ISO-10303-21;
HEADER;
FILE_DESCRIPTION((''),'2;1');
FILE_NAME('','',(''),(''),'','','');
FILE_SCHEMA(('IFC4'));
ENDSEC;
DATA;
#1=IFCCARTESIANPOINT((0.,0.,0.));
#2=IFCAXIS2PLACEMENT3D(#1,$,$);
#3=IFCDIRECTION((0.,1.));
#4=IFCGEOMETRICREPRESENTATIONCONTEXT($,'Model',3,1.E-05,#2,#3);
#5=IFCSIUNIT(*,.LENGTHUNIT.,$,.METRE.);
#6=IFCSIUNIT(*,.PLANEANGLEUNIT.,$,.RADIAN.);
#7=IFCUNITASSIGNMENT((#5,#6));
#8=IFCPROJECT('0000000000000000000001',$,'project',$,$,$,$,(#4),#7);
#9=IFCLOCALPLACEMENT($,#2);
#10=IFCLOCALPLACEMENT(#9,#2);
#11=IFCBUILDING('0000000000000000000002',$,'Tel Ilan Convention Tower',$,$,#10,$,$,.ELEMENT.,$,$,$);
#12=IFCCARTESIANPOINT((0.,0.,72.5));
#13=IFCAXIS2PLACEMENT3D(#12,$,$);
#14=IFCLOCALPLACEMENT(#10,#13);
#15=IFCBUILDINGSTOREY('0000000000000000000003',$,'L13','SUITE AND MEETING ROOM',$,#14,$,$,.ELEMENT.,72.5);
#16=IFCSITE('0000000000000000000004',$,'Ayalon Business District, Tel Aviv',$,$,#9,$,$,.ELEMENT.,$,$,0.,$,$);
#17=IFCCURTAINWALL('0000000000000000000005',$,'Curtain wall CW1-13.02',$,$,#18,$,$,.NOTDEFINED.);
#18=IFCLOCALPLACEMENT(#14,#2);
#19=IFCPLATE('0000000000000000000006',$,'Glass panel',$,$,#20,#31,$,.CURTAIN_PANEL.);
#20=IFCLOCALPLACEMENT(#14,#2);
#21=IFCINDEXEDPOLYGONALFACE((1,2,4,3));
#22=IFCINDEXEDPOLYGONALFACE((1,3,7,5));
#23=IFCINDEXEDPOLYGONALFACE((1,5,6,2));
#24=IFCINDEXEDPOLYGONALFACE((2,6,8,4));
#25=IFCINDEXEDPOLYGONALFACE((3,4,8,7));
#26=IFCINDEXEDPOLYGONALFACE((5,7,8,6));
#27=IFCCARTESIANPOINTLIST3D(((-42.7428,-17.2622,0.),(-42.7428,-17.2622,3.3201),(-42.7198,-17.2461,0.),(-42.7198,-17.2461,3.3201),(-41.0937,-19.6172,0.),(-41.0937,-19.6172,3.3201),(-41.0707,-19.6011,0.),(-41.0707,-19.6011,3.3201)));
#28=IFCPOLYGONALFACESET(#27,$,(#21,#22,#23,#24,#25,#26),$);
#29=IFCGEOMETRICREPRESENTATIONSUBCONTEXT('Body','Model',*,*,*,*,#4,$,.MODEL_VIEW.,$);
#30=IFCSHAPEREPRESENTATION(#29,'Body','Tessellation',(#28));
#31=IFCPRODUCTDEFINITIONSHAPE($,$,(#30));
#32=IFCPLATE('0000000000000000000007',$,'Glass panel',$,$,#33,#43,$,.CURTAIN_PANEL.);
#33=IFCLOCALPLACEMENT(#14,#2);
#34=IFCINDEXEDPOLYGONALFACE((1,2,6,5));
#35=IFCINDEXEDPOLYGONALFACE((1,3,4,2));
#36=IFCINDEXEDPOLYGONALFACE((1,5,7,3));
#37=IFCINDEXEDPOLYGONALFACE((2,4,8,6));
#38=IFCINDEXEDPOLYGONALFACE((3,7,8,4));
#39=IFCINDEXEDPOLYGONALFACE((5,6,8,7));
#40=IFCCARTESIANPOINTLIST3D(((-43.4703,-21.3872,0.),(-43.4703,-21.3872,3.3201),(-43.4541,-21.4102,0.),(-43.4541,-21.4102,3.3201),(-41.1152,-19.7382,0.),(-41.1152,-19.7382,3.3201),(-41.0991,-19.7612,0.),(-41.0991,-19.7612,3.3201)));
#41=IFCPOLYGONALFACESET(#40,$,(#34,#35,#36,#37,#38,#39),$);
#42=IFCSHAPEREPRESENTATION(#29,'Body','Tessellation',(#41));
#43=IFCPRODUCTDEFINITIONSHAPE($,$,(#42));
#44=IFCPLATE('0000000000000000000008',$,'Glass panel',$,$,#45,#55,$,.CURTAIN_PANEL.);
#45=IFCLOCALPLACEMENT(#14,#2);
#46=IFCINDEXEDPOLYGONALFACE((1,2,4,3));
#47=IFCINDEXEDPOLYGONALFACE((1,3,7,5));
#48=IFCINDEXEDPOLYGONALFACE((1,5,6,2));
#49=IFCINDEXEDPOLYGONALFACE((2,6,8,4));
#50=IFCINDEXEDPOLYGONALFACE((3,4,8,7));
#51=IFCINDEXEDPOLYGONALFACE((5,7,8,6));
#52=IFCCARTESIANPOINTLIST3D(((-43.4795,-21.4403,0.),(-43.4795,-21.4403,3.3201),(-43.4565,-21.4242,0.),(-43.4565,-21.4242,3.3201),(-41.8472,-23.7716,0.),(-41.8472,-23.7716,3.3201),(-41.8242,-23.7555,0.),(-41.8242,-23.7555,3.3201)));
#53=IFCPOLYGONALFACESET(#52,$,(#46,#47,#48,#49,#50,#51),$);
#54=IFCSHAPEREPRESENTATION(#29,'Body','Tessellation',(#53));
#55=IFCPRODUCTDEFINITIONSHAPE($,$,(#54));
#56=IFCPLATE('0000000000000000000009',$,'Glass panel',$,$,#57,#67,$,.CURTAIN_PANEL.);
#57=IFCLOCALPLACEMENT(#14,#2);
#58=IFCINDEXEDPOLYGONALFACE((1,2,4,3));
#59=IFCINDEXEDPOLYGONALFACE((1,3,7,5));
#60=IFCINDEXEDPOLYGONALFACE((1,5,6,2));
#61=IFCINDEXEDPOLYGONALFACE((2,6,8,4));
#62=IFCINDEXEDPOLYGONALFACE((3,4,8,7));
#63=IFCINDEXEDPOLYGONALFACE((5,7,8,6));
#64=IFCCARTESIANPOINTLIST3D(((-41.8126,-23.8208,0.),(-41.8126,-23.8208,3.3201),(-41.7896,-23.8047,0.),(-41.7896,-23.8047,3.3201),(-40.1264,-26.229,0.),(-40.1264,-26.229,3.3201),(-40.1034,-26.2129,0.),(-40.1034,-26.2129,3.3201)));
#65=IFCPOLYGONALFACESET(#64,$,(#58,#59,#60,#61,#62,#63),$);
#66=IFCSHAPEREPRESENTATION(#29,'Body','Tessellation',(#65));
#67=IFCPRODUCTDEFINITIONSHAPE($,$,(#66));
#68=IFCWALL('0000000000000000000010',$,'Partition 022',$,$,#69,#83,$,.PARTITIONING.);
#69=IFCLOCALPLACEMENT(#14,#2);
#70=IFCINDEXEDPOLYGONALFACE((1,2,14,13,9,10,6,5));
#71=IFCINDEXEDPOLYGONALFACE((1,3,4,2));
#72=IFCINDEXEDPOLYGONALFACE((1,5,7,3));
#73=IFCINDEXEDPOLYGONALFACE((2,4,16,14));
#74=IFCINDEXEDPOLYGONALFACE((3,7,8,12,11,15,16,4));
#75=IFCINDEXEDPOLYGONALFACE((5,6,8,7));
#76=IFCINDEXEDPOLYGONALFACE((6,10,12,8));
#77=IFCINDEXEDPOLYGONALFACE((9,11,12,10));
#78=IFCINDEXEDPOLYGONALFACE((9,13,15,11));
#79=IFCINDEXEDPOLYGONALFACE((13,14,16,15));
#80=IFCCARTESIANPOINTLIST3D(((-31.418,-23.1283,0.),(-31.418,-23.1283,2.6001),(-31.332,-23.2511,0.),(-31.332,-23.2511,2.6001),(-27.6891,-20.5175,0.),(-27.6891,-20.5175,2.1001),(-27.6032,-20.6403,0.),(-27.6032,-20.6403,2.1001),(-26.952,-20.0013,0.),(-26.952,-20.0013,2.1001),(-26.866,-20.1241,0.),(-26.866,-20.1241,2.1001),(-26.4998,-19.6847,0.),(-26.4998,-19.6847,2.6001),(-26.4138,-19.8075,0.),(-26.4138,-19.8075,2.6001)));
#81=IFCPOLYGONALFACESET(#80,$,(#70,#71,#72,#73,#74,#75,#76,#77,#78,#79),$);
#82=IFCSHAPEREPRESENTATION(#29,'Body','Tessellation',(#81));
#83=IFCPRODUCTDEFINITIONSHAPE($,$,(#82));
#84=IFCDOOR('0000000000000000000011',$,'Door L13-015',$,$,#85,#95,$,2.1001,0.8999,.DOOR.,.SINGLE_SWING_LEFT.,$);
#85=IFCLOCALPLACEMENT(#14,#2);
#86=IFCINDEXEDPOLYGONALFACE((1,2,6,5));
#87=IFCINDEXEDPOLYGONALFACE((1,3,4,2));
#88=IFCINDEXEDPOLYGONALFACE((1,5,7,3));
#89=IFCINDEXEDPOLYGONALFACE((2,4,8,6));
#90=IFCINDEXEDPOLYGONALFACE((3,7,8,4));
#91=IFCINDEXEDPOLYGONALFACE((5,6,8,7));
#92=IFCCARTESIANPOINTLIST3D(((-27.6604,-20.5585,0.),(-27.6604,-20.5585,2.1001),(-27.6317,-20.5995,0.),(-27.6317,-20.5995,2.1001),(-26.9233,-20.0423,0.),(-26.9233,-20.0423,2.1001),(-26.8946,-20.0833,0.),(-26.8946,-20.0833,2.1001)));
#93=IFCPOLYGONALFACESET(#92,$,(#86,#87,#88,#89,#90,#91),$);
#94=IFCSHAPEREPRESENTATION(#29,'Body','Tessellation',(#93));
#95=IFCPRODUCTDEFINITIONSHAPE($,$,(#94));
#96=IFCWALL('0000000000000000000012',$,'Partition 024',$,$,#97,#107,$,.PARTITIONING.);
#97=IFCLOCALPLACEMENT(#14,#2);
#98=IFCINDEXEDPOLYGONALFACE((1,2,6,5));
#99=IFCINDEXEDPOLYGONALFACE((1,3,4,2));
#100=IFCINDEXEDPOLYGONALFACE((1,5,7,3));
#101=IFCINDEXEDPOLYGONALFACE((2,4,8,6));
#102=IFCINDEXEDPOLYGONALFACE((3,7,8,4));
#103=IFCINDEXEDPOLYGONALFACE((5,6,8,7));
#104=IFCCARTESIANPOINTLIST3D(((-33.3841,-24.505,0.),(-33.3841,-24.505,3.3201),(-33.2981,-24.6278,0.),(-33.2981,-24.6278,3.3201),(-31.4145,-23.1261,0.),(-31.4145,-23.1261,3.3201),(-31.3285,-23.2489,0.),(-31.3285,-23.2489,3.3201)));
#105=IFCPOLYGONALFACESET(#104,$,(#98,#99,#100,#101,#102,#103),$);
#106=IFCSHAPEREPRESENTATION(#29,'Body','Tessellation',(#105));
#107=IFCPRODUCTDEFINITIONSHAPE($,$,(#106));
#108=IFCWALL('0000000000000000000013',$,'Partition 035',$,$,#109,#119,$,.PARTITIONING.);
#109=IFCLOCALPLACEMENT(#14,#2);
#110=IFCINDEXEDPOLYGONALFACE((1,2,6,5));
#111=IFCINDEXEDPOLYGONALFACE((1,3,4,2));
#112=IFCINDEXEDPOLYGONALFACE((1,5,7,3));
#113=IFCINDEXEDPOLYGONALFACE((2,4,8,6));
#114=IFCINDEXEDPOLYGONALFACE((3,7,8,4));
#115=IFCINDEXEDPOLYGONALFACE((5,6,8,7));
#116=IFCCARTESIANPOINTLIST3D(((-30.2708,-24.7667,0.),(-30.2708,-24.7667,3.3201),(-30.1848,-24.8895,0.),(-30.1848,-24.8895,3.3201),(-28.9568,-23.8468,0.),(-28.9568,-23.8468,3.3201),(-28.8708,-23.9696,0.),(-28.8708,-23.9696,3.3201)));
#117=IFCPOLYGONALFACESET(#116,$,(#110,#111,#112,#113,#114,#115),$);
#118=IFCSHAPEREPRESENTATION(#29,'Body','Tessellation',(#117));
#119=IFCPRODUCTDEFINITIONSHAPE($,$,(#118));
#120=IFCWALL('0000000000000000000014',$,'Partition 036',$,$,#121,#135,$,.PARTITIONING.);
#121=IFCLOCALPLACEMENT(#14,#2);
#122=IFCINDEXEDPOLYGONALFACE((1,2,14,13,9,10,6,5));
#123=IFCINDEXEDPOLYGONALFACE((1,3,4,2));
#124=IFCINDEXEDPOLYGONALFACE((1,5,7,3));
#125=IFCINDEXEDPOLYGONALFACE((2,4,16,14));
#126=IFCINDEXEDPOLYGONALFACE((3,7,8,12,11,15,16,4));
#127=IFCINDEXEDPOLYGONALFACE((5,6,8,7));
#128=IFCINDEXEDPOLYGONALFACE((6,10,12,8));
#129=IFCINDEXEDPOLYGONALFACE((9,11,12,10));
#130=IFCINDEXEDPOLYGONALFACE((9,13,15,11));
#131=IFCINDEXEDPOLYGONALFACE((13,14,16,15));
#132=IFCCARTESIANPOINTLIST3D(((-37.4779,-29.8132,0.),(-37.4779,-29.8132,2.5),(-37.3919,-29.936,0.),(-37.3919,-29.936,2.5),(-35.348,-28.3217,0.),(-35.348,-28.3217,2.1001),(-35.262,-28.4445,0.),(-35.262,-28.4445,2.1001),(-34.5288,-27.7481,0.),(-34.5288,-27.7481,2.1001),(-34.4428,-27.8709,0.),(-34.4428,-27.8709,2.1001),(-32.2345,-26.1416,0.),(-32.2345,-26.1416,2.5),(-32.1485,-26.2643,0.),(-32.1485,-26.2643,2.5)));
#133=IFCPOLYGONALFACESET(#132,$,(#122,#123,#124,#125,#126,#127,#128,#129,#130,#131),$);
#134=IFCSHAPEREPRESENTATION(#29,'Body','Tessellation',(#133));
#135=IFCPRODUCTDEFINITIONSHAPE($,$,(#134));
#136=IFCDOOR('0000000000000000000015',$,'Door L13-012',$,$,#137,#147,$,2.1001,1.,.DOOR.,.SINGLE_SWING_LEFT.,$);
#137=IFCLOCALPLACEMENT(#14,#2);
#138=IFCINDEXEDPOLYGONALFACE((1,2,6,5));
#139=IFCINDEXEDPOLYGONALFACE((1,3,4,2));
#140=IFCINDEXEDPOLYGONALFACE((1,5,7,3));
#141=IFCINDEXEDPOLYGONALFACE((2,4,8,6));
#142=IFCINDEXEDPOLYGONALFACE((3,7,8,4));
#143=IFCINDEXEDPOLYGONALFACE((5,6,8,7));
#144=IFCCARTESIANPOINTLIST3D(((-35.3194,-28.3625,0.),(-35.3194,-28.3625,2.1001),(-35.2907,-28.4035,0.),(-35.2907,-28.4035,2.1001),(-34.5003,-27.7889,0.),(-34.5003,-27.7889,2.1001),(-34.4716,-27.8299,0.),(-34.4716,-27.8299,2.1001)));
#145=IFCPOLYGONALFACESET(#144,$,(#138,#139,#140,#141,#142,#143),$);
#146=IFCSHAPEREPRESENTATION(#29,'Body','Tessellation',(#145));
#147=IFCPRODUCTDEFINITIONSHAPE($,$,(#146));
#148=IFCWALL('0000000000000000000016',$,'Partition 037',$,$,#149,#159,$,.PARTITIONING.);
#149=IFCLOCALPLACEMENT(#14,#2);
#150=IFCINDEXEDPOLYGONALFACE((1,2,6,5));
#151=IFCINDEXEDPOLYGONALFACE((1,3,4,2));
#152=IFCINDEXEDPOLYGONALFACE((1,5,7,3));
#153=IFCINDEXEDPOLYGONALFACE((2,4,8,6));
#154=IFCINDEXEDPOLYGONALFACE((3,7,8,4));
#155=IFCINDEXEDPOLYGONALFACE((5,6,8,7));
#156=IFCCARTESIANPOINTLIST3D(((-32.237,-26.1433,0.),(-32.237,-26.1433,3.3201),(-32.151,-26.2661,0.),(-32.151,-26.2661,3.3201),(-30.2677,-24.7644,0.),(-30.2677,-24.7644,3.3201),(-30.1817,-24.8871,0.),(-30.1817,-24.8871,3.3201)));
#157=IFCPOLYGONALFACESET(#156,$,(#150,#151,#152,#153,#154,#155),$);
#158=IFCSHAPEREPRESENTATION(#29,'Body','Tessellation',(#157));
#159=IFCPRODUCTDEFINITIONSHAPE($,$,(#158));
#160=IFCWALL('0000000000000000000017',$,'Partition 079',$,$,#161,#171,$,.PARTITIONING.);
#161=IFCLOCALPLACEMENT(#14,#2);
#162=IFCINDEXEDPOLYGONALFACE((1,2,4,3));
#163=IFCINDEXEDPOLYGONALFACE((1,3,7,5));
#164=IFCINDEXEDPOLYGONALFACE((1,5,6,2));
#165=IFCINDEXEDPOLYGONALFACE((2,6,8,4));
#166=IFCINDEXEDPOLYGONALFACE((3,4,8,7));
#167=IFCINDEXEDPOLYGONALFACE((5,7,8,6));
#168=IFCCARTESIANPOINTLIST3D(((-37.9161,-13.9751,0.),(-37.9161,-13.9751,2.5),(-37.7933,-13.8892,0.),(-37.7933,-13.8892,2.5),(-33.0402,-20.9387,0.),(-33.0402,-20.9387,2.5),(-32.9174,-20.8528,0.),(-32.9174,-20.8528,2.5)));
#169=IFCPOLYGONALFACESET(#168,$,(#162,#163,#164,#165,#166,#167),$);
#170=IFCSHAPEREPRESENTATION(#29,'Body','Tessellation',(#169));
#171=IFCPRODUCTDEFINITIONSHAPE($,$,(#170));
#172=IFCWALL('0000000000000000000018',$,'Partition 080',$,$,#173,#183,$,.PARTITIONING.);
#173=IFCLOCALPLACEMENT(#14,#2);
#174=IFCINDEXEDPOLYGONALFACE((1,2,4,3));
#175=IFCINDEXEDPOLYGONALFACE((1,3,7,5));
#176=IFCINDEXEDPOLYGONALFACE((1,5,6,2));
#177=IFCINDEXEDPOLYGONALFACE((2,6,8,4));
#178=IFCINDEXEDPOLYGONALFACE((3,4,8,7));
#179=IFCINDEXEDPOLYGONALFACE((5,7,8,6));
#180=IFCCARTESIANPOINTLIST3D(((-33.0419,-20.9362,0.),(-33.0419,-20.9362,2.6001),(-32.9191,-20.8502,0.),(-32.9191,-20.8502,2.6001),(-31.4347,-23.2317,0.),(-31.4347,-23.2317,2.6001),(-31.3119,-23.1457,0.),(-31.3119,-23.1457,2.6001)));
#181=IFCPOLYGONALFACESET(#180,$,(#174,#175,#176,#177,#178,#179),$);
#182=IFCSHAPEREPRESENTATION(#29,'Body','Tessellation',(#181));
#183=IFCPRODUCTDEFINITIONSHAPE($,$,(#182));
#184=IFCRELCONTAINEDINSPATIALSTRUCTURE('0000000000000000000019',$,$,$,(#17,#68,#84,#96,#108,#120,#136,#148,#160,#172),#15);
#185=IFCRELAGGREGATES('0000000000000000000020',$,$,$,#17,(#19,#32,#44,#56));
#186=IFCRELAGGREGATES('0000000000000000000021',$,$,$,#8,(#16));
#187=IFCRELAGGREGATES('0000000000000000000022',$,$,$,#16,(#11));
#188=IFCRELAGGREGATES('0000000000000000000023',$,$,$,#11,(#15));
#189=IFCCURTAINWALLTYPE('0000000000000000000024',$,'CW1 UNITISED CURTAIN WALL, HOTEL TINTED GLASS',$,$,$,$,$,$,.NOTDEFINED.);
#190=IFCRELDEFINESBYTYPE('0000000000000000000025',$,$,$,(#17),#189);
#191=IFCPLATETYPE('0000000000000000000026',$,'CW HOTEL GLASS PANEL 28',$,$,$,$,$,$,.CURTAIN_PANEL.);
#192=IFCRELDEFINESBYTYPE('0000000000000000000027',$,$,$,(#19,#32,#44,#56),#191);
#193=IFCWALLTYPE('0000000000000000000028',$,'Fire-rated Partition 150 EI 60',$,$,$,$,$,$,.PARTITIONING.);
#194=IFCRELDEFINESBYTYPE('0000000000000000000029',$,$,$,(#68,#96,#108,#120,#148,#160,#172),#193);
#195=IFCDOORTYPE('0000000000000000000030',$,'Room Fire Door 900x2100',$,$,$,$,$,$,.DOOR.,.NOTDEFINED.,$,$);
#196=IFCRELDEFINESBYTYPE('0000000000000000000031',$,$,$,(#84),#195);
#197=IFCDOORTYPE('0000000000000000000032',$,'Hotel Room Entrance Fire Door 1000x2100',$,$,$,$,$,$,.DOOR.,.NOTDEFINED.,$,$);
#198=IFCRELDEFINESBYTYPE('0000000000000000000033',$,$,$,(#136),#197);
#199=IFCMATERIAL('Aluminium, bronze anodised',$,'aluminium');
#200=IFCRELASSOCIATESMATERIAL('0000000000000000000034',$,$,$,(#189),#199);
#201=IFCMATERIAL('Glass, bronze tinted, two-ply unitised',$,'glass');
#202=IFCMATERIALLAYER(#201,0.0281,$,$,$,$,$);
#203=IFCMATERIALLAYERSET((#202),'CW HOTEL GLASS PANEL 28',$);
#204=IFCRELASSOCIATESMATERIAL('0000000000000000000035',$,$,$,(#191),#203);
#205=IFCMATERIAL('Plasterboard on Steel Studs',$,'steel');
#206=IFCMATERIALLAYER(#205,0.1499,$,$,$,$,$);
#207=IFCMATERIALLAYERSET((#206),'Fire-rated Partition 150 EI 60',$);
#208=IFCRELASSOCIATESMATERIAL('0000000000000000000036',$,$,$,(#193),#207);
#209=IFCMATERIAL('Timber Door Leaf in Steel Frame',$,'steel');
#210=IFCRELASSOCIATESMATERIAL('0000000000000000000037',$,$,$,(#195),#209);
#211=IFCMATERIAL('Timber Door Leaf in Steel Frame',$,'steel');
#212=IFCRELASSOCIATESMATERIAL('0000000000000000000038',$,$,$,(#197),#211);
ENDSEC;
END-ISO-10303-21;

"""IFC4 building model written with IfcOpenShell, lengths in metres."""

from ifc_helpers import new_model, si_unit, direction, frame, frame_2d, origin, origin_2d, place, context, subcontext, project, spatial, rectangle, extrude, material, layer, layer_set, type_object, element, fill, aggregate, save


model = new_model("IFC4")

# Units and contexts
model_context = context("Model", 3, precision=1e-05, world=origin(), true_north=direction((0.0, 1.0)))
body_context = subcontext(model_context, "Body", "Model", "MODEL_VIEW")
ifc_project = project(units=[si_unit("LENGTHUNIT", "METRE"), si_unit("PLANEANGLEUNIT", "RADIAN")], contexts=[model_context])

# Site, building, storey
site_placement = place(None, origin())
site = spatial("IfcSite", under=ifc_project, at=site_placement, Name="Ayalon Business District, Tel Aviv", CompositionType="ELEMENT", RefElevation=0.0)
building_placement = place(site_placement, origin())
building = spatial("IfcBuilding", under=site, at=building_placement, Name="Tel Ilan Convention Tower", CompositionType="ELEMENT")
storey_placement = place(building_placement, frame((0.0, 0.0, 72.5)))
storey = spatial("IfcBuildingStorey", under=building, at=storey_placement, Name="L13", Description="SUITE AND MEETING ROOM", CompositionType="ELEMENT", Elevation=72.5)

# Curtain wall, plates
ifc_material_1 = material(Name="Aluminium, bronze anodised", Category="aluminium")
curtain_wall_type = type_object("IfcCurtainWallType", Name="CW1 UNITISED CURTAIN WALL, HOTEL TINTED GLASS", PredefinedType="NOTDEFINED", material=ifc_material_1)
curtain_wall_placement = place(storey_placement, origin())
curtain_wall = element("IfcCurtainWall", 1, at=curtain_wall_placement, inside=storey, type_object=curtain_wall_type, Name="Curtain wall CW1-13.02", PredefinedType="NOTDEFINED")
ifc_material_2 = material(Name="Glass, bronze tinted, two-ply unitised", Category="glass")
ifc_layer_1 = layer(ifc_material_2, 0.0281)
ifc_layer_set_1 = layer_set([ifc_layer_1], Name="CW HOTEL GLASS PANEL 28")
plate_type = type_object("IfcPlateType", Name="CW HOTEL GLASS PANEL 28", PredefinedType="CURTAIN_PANEL", material=ifc_layer_set_1)
plate_1_placement = place(storey_placement, frame((-41.9067, -18.4316, 0.0), z_axis=(0.0, 0.0, 1.0), x_axis=(0.573576, -0.819152, 0.0)))
plate_1 = element("IfcPlate", 2, at=plate_1_placement, type_object=plate_type, Name="Glass panel", PredefinedType="CURTAIN_PANEL", context=body_context, shape_type="SweptSolid", body=[
    extrude(rectangle(XDim=2.875, YDim=0.0281, at=origin_2d()), origin(), (0.0, 0.0, 1.0), 3.3201),
])
plate_2_placement = place(storey_placement, frame((-42.2847, -20.5742, 0.0), z_axis=(0.0, 0.0, 1.0), x_axis=(-0.819152, -0.573576, 0.0)))
plate_2 = element("IfcPlate", 3, at=plate_2_placement, type_object=plate_type, Name="Glass panel", PredefinedType="CURTAIN_PANEL", context=body_context, shape_type="SweptSolid", body=[
    extrude(rectangle(XDim=2.875, YDim=0.0281, at=origin_2d()), origin(), (0.0, 0.0, 1.0), 3.3201),
])
plate_3_placement = place(storey_placement, frame((-42.6519, -22.5979, 0.0), z_axis=(0.0, 0.0, 1.0), x_axis=(0.573576, -0.819152, 0.0)))
plate_3 = element("IfcPlate", 4, at=plate_3_placement, type_object=plate_type, Name="Glass panel", PredefinedType="CURTAIN_PANEL", context=body_context, shape_type="SweptSolid", body=[
    extrude(rectangle(XDim=2.8459, YDim=0.0281, at=origin_2d()), origin(), (0.0, 0.0, 1.0), 3.3201),
])
plate_4_placement = place(storey_placement, frame((-40.958, -25.0168, 0.0), z_axis=(0.0, 0.0, 1.0), x_axis=(0.573576, -0.819152, 0.0)))
plate_4 = element("IfcPlate", 5, at=plate_4_placement, type_object=plate_type, Name="Glass panel", PredefinedType="CURTAIN_PANEL", context=body_context, shape_type="SweptSolid", body=[
    extrude(rectangle(XDim=2.9399, YDim=0.0281, at=origin_2d()), origin(), (0.0, 0.0, 1.0), 3.3201),
])
aggregate(curtain_wall, [plate_1, plate_2, plate_3, plate_4])

# Wall, opening, door
ifc_material_3 = material(Name="Plasterboard on Steel Studs", Category="steel")
ifc_layer_2 = layer(ifc_material_3, 0.1499)
ifc_layer_set_2 = layer_set([ifc_layer_2], Name="Fire-rated Partition 150 EI 60")
wall_type_1 = type_object("IfcWallType", Name="Fire-rated Partition 150 EI 60", PredefinedType="PARTITIONING", material=ifc_layer_set_2)
wall_1_placement = place(storey_placement, frame((-31.375, -23.1897, 0.0), z_axis=(0.0, 0.0, 1.0), x_axis=(0.819165, 0.573558, 0.0)))
wall_1 = element("IfcWall", 6, at=wall_1_placement, inside=storey, type_object=wall_type_1, Name="Partition 022", PredefinedType="PARTITIONING", context=body_context, shape_type="SweptSolid", body=[
    extrude(rectangle(XDim=6.0039, YDim=0.1499, at=frame_2d((3.002, 0.0))), origin(), (0.0, 0.0, 1.0), 2.6001),
])
opening_1_placement = place(wall_1_placement, frame((4.552, 0.0, 0.0)))
opening_1 = element("IfcOpeningElement", 7, at=opening_1_placement, cuts=wall_1, PredefinedType="OPENING", context=body_context, shape_type="SweptSolid", body=[
    extrude(rectangle(XDim=0.8999, YDim=2.1001, at=frame_2d((0.45, 1.05))), frame((0.0, 0.085, 0.0), z_axis=(0.0, -1.0, 0.0), x_axis=(1.0, 0.0, 0.0)), (0.0, 0.0, 1.0), 0.1699),
])
ifc_material_4 = material(Name="Timber Door Leaf in Steel Frame", Category="steel")
door_type_1 = type_object("IfcDoorType", Name="Room Fire Door 900x2100", OperationType="NOTDEFINED", PredefinedType="DOOR", material=ifc_material_4)
door_1_placement = place(opening_1_placement, origin())
door_1 = element("IfcDoor", 8, at=door_1_placement, inside=storey, type_object=door_type_1, Name="Door L13-015", OperationType="SINGLE_SWING_LEFT", OverallHeight=2.1001, OverallWidth=0.8999, PredefinedType="DOOR", context=body_context, shape_type="SweptSolid", body=[
    extrude(rectangle(XDim=0.8999, YDim=2.1001, at=frame_2d((0.45, 1.05))), frame((0.0, 0.0249, 0.0), z_axis=(0.0, -1.0, 0.0), x_axis=(1.0, 0.0, 0.0)), (0.0, 0.0, 1.0), 0.05),
])
fill(opening_1, door_1)

# Walls
wall_2_placement = place(storey_placement, frame((-33.3411, -24.5664, 0.0), z_axis=(0.0, 0.0, 1.0), x_axis=(0.819179, 0.573537, 0.0)))
element("IfcWall", 9, at=wall_2_placement, inside=storey, type_object=wall_type_1, Name="Partition 024", PredefinedType="PARTITIONING", context=body_context, shape_type="SweptSolid", body=[
    extrude(rectangle(XDim=2.4043, YDim=0.1499, at=frame_2d((1.2021, 0.0))), origin(), (0.0, 0.0, 1.0), 3.3201),
])
wall_3_placement = place(storey_placement, frame((-28.9138, -23.9082, 0.0), z_axis=(0.0, 0.0, 1.0), x_axis=(-0.819189, -0.573524, 0.0)))
element("IfcWall", 10, at=wall_3_placement, inside=storey, type_object=wall_type_1, Name="Partition 035", PredefinedType="PARTITIONING", context=body_context, shape_type="SweptSolid", body=[
    extrude(rectangle(XDim=1.604, YDim=0.1499, at=frame_2d((0.802, 0.0))), origin(), (0.0, 0.0, 1.0), 3.3201),
])

# Wall, opening, door
wall_4_placement = place(storey_placement, frame((-32.1914, -26.2029, 0.0), z_axis=(0.0, 0.0, 1.0), x_axis=(-0.819141, -0.573593, 0.0)))
wall_4 = element("IfcWall", 11, at=wall_4_placement, inside=storey, type_object=wall_type_1, Name="Partition 036", PredefinedType="PARTITIONING", context=body_context, shape_type="SweptSolid", body=[
    extrude(rectangle(XDim=6.4011, YDim=0.1499, at=frame_2d((3.2007, 0.0))), origin(), (0.0, 0.0, 1.0), 2.5),
])
opening_2_placement = place(wall_4_placement, frame((2.801, 0.0, 0.0)))
opening_2 = element("IfcOpeningElement", 12, at=opening_2_placement, cuts=wall_4, PredefinedType="OPENING", context=body_context, shape_type="SweptSolid", body=[
    extrude(rectangle(XDim=1.0, YDim=2.1001, at=frame_2d((0.5, 1.05))), frame((0.0, 0.085, 0.0), z_axis=(0.0, -1.0, 0.0), x_axis=(1.0, 0.0, 0.0)), (0.0, 0.0, 1.0), 0.1699),
])
ifc_material_5 = material(Name="Timber Door Leaf in Steel Frame", Category="steel")
door_type_2 = type_object("IfcDoorType", Name="Hotel Room Entrance Fire Door 1000x2100", OperationType="NOTDEFINED", PredefinedType="DOOR", material=ifc_material_5)
door_2_placement = place(opening_2_placement, origin())
door_2 = element("IfcDoor", 13, at=door_2_placement, inside=storey, type_object=door_type_2, Name="Door L13-012", OperationType="SINGLE_SWING_LEFT", OverallHeight=2.1001, OverallWidth=1.0, PredefinedType="DOOR", context=body_context, shape_type="SweptSolid", body=[
    extrude(rectangle(XDim=1.0, YDim=2.1001, at=frame_2d((0.5, 1.05))), frame((0.0, 0.0249, 0.0), z_axis=(0.0, -1.0, 0.0), x_axis=(1.0, 0.0, 0.0)), (0.0, 0.0, 1.0), 0.05),
])
fill(opening_2, door_2)

# Walls
wall_5_placement = place(storey_placement, frame((-30.2246, -24.8257, 0.0), z_axis=(0.0, 0.0, 1.0), x_axis=(-0.819146, -0.573585, 0.0)))
element("IfcWall", 14, at=wall_5_placement, inside=storey, type_object=wall_type_1, Name="Partition 037", PredefinedType="PARTITIONING", context=body_context, shape_type="SweptSolid", body=[
    extrude(rectangle(XDim=2.4041, YDim=0.1499, at=frame_2d((1.2021, 0.0))), origin(), (0.0, 0.0, 1.0), 3.3201),
])
wall_6_placement = place(storey_placement, frame((-32.9788, -20.8958, 0.0), z_axis=(0.0, 0.0, 1.0), x_axis=(-0.573576, 0.819152, 0.0)))
element("IfcWall", 15, at=wall_6_placement, inside=storey, type_object=wall_type_1, Name="Partition 079", PredefinedType="PARTITIONING", context=body_context, shape_type="SweptSolid", body=[
    extrude(rectangle(XDim=8.501, YDim=0.1499, at=frame_2d((4.2505, 0.0))), origin(), (0.0, 0.0, 1.0), 2.5),
])
wall_7_placement = place(storey_placement, frame((-31.3733, -23.1887, 0.0), z_axis=(0.0, 0.0, 1.0), x_axis=(-0.573556, 0.819166, 0.0)))
element("IfcWall", 16, at=wall_7_placement, inside=storey, type_object=wall_type_1, Name="Partition 080", PredefinedType="PARTITIONING", context=body_context, shape_type="SweptSolid", body=[
    extrude(rectangle(XDim=2.8022, YDim=0.1499, at=frame_2d((1.4011, 0.0))), origin(), (0.0, 0.0, 1.0), 2.6001),
])

save(model, "model.ifc")
